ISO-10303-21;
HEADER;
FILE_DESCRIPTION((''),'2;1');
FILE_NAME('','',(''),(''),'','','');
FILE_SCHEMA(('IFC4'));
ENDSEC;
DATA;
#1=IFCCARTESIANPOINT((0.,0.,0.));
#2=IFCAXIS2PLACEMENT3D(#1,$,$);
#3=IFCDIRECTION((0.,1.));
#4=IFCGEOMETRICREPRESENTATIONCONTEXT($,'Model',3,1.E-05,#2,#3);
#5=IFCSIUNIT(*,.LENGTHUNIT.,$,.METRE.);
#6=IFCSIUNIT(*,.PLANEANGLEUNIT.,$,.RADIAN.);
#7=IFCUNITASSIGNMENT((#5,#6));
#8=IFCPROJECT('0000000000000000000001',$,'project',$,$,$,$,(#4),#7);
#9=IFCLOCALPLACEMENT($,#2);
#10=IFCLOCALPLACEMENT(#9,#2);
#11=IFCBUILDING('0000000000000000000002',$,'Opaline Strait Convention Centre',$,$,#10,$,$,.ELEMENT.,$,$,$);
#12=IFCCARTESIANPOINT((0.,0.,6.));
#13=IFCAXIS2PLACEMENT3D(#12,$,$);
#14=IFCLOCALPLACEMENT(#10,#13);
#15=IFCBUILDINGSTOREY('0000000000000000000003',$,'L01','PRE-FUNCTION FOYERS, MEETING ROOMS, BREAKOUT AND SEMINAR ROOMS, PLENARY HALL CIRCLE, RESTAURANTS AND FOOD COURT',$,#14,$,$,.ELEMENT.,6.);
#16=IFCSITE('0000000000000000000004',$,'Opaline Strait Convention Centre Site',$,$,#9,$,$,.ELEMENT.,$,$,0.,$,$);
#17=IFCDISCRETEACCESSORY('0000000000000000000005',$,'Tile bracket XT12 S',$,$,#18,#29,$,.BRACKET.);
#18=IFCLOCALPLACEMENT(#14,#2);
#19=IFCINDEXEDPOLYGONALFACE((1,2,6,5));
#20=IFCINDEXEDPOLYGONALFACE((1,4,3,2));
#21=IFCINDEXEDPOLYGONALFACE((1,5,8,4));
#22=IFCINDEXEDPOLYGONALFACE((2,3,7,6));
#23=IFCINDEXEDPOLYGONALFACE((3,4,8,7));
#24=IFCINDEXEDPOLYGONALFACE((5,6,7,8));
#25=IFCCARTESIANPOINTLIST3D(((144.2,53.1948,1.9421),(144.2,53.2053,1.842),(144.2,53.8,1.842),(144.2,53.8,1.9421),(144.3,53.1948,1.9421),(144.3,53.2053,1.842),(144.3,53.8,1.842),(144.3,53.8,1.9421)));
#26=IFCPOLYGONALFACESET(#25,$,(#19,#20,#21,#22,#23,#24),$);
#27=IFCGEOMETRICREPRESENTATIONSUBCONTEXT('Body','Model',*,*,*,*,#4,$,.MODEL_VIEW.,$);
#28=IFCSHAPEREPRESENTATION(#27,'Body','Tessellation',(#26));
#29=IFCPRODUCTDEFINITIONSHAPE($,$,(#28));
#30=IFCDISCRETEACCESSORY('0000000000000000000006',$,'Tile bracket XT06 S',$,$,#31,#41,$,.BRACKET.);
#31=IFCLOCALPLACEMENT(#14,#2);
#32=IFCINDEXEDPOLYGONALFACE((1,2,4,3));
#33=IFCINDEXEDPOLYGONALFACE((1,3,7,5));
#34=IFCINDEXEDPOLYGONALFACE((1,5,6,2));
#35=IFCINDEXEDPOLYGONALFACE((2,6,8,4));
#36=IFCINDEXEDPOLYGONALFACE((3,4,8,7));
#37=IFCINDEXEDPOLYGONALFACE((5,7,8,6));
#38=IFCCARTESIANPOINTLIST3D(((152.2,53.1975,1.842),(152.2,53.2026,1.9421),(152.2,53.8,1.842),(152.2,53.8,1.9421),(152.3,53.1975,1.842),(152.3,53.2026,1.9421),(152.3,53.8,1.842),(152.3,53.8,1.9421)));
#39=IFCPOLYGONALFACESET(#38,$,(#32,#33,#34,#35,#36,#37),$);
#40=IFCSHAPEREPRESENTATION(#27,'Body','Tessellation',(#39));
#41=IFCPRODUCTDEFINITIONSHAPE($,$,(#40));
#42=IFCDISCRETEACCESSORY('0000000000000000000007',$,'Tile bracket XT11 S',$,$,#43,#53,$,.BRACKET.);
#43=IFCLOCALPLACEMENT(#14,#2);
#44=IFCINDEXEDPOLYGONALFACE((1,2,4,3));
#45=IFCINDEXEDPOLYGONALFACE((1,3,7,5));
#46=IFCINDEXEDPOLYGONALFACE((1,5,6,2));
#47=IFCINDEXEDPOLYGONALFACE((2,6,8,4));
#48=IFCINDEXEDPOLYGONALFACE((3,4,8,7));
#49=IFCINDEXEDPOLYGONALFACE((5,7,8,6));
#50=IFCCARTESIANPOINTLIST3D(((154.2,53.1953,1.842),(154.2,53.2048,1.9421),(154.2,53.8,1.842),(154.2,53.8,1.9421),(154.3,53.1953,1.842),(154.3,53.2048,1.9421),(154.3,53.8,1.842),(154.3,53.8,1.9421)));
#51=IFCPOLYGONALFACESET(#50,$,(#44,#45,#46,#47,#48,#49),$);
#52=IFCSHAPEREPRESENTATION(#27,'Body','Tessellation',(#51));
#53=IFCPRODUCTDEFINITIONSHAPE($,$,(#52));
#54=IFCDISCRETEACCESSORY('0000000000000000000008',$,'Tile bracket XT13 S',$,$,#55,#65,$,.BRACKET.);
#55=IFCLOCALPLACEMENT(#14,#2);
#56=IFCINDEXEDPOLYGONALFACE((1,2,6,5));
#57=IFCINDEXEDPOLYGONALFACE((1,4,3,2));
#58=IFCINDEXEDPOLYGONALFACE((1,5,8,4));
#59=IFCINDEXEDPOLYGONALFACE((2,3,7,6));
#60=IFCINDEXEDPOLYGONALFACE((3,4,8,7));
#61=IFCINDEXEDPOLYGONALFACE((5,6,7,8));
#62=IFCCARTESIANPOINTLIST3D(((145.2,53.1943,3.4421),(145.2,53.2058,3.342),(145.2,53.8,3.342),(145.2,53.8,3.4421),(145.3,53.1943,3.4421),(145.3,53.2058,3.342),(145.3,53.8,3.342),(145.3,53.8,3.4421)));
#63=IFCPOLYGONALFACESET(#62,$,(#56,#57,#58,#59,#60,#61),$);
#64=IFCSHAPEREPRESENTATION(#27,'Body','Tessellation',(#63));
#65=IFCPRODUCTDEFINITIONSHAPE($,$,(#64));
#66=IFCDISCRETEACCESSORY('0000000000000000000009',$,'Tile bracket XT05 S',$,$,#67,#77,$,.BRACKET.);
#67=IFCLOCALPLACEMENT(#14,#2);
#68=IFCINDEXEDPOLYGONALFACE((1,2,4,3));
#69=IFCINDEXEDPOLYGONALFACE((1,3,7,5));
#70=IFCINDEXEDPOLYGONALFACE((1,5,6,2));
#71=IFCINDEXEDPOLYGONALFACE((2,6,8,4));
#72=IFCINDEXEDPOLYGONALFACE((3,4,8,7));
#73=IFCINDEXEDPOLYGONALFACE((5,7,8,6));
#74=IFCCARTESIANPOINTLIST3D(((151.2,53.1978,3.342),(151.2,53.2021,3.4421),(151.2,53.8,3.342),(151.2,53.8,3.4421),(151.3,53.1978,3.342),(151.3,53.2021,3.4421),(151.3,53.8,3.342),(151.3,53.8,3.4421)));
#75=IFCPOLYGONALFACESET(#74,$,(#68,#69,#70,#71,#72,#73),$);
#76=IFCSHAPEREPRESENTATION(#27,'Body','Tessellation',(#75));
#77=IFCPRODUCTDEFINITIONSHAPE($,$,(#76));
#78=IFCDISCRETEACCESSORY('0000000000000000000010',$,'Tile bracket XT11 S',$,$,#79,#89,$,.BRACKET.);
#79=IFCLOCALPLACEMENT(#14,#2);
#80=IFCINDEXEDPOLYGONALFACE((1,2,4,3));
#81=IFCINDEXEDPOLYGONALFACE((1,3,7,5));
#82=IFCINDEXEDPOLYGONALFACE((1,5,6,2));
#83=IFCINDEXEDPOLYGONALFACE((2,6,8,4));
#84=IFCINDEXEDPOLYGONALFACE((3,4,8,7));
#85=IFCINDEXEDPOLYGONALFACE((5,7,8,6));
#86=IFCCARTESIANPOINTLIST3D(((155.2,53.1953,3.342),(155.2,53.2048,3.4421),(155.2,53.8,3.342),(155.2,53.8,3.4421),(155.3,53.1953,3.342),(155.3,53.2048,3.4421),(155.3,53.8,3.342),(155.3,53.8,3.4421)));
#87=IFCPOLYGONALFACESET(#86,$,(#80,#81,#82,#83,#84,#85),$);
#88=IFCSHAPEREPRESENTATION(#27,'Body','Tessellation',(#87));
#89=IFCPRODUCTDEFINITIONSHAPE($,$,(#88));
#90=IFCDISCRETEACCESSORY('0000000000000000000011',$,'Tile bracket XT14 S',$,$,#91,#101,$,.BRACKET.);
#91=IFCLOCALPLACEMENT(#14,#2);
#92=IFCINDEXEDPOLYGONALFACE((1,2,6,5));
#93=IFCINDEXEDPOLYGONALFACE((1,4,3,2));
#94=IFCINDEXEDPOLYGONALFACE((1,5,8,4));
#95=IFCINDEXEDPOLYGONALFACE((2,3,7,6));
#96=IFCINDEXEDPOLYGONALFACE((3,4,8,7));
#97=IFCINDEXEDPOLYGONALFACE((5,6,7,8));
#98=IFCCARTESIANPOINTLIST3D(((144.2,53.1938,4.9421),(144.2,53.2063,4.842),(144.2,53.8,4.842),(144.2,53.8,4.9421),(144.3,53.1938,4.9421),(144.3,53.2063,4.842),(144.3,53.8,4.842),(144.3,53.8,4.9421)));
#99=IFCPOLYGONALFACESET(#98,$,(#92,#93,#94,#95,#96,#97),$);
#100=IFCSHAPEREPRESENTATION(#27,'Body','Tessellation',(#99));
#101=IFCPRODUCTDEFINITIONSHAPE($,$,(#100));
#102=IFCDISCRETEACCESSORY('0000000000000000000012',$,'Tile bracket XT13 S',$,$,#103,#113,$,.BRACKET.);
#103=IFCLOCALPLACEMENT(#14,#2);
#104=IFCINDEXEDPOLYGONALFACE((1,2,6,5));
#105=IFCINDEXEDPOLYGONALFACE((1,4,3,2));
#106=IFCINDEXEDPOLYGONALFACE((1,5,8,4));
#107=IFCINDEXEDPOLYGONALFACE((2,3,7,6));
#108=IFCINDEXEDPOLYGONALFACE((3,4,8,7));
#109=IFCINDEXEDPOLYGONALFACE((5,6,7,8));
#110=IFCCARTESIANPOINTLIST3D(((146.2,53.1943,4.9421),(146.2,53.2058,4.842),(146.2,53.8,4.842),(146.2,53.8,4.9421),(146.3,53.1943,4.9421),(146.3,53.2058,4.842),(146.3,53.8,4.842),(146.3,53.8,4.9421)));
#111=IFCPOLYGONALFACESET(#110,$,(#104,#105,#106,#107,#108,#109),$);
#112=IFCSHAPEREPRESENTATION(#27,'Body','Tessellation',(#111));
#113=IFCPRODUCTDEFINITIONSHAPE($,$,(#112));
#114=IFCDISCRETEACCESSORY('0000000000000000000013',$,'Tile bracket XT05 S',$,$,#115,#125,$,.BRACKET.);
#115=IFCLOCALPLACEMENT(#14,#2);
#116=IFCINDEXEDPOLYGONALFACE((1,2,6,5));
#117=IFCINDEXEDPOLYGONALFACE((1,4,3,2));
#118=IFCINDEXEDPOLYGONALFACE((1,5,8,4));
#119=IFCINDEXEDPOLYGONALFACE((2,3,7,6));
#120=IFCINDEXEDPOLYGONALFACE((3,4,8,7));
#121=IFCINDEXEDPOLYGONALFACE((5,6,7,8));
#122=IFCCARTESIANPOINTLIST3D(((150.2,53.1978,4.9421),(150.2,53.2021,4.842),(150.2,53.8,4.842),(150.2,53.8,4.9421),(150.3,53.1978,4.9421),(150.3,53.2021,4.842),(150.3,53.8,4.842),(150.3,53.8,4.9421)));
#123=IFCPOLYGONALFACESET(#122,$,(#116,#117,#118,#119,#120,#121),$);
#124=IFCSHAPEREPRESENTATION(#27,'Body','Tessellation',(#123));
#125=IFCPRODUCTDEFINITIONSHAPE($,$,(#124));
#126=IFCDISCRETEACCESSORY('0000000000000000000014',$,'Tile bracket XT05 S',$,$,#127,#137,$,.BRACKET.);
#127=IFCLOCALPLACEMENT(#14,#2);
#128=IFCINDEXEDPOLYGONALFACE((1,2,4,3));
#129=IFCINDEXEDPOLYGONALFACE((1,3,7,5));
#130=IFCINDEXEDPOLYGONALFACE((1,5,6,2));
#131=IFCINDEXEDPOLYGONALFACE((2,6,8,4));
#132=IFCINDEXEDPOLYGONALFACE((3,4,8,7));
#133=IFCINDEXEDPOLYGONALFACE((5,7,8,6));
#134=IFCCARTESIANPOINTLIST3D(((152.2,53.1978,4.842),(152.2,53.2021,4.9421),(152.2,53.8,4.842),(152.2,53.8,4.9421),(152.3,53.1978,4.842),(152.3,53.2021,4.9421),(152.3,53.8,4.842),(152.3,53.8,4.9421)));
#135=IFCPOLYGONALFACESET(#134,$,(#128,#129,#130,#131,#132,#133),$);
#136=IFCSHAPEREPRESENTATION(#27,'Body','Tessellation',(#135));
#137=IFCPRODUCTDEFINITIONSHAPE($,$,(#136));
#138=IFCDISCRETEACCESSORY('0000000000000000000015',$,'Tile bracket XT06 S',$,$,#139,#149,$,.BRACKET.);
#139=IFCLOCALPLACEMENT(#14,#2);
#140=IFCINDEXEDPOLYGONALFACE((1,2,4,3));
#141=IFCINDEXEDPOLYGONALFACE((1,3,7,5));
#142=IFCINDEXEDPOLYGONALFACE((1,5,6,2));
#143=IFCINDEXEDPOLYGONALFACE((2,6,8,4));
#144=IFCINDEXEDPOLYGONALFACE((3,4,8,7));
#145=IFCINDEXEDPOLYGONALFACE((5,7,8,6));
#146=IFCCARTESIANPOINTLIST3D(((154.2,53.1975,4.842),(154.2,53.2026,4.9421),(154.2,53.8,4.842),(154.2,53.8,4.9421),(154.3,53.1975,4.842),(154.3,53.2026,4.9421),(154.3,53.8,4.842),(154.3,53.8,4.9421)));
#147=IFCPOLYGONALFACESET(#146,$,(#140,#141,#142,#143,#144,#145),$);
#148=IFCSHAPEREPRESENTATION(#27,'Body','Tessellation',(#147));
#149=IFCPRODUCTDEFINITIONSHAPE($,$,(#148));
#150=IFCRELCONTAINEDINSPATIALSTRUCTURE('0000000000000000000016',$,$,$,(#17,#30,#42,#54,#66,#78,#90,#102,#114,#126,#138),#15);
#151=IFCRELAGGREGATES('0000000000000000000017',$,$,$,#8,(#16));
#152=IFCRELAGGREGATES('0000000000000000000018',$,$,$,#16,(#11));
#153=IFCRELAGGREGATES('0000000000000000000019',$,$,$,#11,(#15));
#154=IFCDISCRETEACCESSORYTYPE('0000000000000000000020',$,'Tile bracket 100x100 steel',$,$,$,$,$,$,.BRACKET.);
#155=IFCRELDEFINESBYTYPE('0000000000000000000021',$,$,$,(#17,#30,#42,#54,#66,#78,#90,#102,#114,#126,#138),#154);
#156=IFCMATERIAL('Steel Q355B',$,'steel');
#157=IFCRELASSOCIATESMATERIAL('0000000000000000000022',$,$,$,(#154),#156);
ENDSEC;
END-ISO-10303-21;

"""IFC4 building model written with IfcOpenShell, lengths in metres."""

from ifc_helpers import new_model, si_unit, direction, frame, origin, place, context, subcontext, project, spatial, polyline, outline, extrude, material, type_object, element, save


model = new_model("IFC4")

# Units and contexts
model_context = context("Model", 3, precision=1e-05, world=origin(), true_north=direction((0.0, 1.0)))
body_context = subcontext(model_context, "Body", "Model", "MODEL_VIEW")
ifc_project = project(units=[si_unit("LENGTHUNIT", "METRE"), si_unit("PLANEANGLEUNIT", "RADIAN")], contexts=[model_context])

# Site, building, storey
site_placement = place(None, origin())
site = spatial("IfcSite", under=ifc_project, at=site_placement, Name="Opaline Strait Convention Centre Site", CompositionType="ELEMENT", RefElevation=0.0)
building_placement = place(site_placement, origin())
building = spatial("IfcBuilding", under=site, at=building_placement, Name="Opaline Strait Convention Centre", CompositionType="ELEMENT")
storey_placement = place(building_placement, frame((0.0, 0.0, 6.0)))
storey = spatial("IfcBuildingStorey", under=building, at=storey_placement, Name="L01", Description="PRE-FUNCTION FOYERS, MEETING ROOMS, BREAKOUT AND SEMINAR ROOMS, PLENARY HALL CIRCLE, RESTAURANTS AND FOOD COURT", CompositionType="ELEMENT", Elevation=6.0)

# Discrete accessories
ifc_material_1 = material(Name="Steel Q355B", Category="steel")
discrete_accessory_type = type_object("IfcDiscreteAccessoryType", Name="Tile bracket 100x100 steel", PredefinedType="BRACKET", material=ifc_material_1)
discrete_accessory_1_placement = place(storey_placement, frame((144.2, 53.8, 1.8921), z_axis=(1.0, 0.0, 0.0), x_axis=(0.0, 1.0, 0.0)))
element("IfcDiscreteAccessory", 1, at=discrete_accessory_1_placement, inside=storey, type_object=discrete_accessory_type, Name="Tile bracket XT12 S", PredefinedType="BRACKET", context=body_context, shape_type="SweptSolid", body=[
    extrude(outline(polyline([(0.0, -0.05), (0.0, 0.05), (-0.6052, 0.05), (-0.5947, -0.05), (0.0, -0.05)])), origin(), (0.0, 0.0, 1.0), 0.1001),
])
discrete_accessory_2_placement = place(storey_placement, frame((152.2, 53.8, 1.8921), z_axis=(1.0, 0.0, 0.0), x_axis=(0.0, 1.0, 0.0)))
element("IfcDiscreteAccessory", 2, at=discrete_accessory_2_placement, inside=storey, type_object=discrete_accessory_type, Name="Tile bracket XT06 S", PredefinedType="BRACKET", context=body_context, shape_type="SweptSolid", body=[
    extrude(outline(polyline([(0.0, -0.05), (0.0, 0.05), (-0.5974, 0.05), (-0.6025, -0.05), (0.0, -0.05)])), origin(), (0.0, 0.0, 1.0), 0.1001),
])
discrete_accessory_3_placement = place(storey_placement, frame((154.2, 53.8, 1.8921), z_axis=(1.0, 0.0, 0.0), x_axis=(0.0, 1.0, 0.0)))
element("IfcDiscreteAccessory", 3, at=discrete_accessory_3_placement, inside=storey, type_object=discrete_accessory_type, Name="Tile bracket XT11 S", PredefinedType="BRACKET", context=body_context, shape_type="SweptSolid", body=[
    extrude(outline(polyline([(0.0, -0.05), (0.0, 0.05), (-0.5952, 0.05), (-0.6047, -0.05), (0.0, -0.05)])), origin(), (0.0, 0.0, 1.0), 0.1001),
])
discrete_accessory_4_placement = place(storey_placement, frame((145.2, 53.8, 3.3921), z_axis=(1.0, 0.0, 0.0), x_axis=(0.0, 1.0, 0.0)))
element("IfcDiscreteAccessory", 4, at=discrete_accessory_4_placement, inside=storey, type_object=discrete_accessory_type, Name="Tile bracket XT13 S", PredefinedType="BRACKET", context=body_context, shape_type="SweptSolid", body=[
    extrude(outline(polyline([(0.0, -0.05), (0.0, 0.05), (-0.6057, 0.05), (-0.5942, -0.05), (0.0, -0.05)])), origin(), (0.0, 0.0, 1.0), 0.1001),
])
discrete_accessory_5_placement = place(storey_placement, frame((151.2, 53.8, 3.3921), z_axis=(1.0, 0.0, 0.0), x_axis=(0.0, 1.0, 0.0)))
element("IfcDiscreteAccessory", 5, at=discrete_accessory_5_placement, inside=storey, type_object=discrete_accessory_type, Name="Tile bracket XT05 S", PredefinedType="BRACKET", context=body_context, shape_type="SweptSolid", body=[
    extrude(outline(polyline([(0.0, -0.05), (0.0, 0.05), (-0.5979, 0.05), (-0.6023, -0.05), (0.0, -0.05)])), origin(), (0.0, 0.0, 1.0), 0.1001),
])
discrete_accessory_6_placement = place(storey_placement, frame((155.2, 53.8, 3.3921), z_axis=(1.0, 0.0, 0.0), x_axis=(0.0, 1.0, 0.0)))
element("IfcDiscreteAccessory", 6, at=discrete_accessory_6_placement, inside=storey, type_object=discrete_accessory_type, Name="Tile bracket XT11 S", PredefinedType="BRACKET", context=body_context, shape_type="SweptSolid", body=[
    extrude(outline(polyline([(0.0, -0.05), (0.0, 0.05), (-0.5952, 0.05), (-0.6047, -0.05), (0.0, -0.05)])), origin(), (0.0, 0.0, 1.0), 0.1001),
])
discrete_accessory_7_placement = place(storey_placement, frame((144.2, 53.8, 4.8921), z_axis=(1.0, 0.0, 0.0), x_axis=(0.0, 1.0, 0.0)))
element("IfcDiscreteAccessory", 7, at=discrete_accessory_7_placement, inside=storey, type_object=discrete_accessory_type, Name="Tile bracket XT14 S", PredefinedType="BRACKET", context=body_context, shape_type="SweptSolid", body=[
    extrude(outline(polyline([(0.0, -0.05), (0.0, 0.05), (-0.6062, 0.05), (-0.5938, -0.05), (0.0, -0.05)])), origin(), (0.0, 0.0, 1.0), 0.1001),
])
discrete_accessory_8_placement = place(storey_placement, frame((146.2, 53.8, 4.8921), z_axis=(1.0, 0.0, 0.0), x_axis=(0.0, 1.0, 0.0)))
element("IfcDiscreteAccessory", 8, at=discrete_accessory_8_placement, inside=storey, type_object=discrete_accessory_type, Name="Tile bracket XT13 S", PredefinedType="BRACKET", context=body_context, shape_type="SweptSolid", body=[
    extrude(outline(polyline([(0.0, -0.05), (0.0, 0.05), (-0.6057, 0.05), (-0.5942, -0.05), (0.0, -0.05)])), origin(), (0.0, 0.0, 1.0), 0.1001),
])
discrete_accessory_9_placement = place(storey_placement, frame((150.2, 53.8, 4.8921), z_axis=(1.0, 0.0, 0.0), x_axis=(0.0, 1.0, 0.0)))
element("IfcDiscreteAccessory", 9, at=discrete_accessory_9_placement, inside=storey, type_object=discrete_accessory_type, Name="Tile bracket XT05 S", PredefinedType="BRACKET", context=body_context, shape_type="SweptSolid", body=[
    extrude(outline(polyline([(0.0, -0.05), (0.0, 0.05), (-0.6023, 0.05), (-0.5979, -0.05), (0.0, -0.05)])), origin(), (0.0, 0.0, 1.0), 0.1001),
])
discrete_accessory_10_placement = place(storey_placement, frame((152.2, 53.8, 4.8921), z_axis=(1.0, 0.0, 0.0), x_axis=(0.0, 1.0, 0.0)))
element("IfcDiscreteAccessory", 10, at=discrete_accessory_10_placement, inside=storey, type_object=discrete_accessory_type, Name="Tile bracket XT05 S", PredefinedType="BRACKET", context=body_context, shape_type="SweptSolid", body=[
    extrude(outline(polyline([(0.0, -0.05), (0.0, 0.05), (-0.5979, 0.05), (-0.6023, -0.05), (0.0, -0.05)])), origin(), (0.0, 0.0, 1.0), 0.1001),
])
discrete_accessory_11_placement = place(storey_placement, frame((154.2, 53.8, 4.8921), z_axis=(1.0, 0.0, 0.0), x_axis=(0.0, 1.0, 0.0)))
element("IfcDiscreteAccessory", 11, at=discrete_accessory_11_placement, inside=storey, type_object=discrete_accessory_type, Name="Tile bracket XT06 S", PredefinedType="BRACKET", context=body_context, shape_type="SweptSolid", body=[
    extrude(outline(polyline([(0.0, -0.05), (0.0, 0.05), (-0.5974, 0.05), (-0.6025, -0.05), (0.0, -0.05)])), origin(), (0.0, 0.0, 1.0), 0.1001),
])

save(model, "model.ifc")
